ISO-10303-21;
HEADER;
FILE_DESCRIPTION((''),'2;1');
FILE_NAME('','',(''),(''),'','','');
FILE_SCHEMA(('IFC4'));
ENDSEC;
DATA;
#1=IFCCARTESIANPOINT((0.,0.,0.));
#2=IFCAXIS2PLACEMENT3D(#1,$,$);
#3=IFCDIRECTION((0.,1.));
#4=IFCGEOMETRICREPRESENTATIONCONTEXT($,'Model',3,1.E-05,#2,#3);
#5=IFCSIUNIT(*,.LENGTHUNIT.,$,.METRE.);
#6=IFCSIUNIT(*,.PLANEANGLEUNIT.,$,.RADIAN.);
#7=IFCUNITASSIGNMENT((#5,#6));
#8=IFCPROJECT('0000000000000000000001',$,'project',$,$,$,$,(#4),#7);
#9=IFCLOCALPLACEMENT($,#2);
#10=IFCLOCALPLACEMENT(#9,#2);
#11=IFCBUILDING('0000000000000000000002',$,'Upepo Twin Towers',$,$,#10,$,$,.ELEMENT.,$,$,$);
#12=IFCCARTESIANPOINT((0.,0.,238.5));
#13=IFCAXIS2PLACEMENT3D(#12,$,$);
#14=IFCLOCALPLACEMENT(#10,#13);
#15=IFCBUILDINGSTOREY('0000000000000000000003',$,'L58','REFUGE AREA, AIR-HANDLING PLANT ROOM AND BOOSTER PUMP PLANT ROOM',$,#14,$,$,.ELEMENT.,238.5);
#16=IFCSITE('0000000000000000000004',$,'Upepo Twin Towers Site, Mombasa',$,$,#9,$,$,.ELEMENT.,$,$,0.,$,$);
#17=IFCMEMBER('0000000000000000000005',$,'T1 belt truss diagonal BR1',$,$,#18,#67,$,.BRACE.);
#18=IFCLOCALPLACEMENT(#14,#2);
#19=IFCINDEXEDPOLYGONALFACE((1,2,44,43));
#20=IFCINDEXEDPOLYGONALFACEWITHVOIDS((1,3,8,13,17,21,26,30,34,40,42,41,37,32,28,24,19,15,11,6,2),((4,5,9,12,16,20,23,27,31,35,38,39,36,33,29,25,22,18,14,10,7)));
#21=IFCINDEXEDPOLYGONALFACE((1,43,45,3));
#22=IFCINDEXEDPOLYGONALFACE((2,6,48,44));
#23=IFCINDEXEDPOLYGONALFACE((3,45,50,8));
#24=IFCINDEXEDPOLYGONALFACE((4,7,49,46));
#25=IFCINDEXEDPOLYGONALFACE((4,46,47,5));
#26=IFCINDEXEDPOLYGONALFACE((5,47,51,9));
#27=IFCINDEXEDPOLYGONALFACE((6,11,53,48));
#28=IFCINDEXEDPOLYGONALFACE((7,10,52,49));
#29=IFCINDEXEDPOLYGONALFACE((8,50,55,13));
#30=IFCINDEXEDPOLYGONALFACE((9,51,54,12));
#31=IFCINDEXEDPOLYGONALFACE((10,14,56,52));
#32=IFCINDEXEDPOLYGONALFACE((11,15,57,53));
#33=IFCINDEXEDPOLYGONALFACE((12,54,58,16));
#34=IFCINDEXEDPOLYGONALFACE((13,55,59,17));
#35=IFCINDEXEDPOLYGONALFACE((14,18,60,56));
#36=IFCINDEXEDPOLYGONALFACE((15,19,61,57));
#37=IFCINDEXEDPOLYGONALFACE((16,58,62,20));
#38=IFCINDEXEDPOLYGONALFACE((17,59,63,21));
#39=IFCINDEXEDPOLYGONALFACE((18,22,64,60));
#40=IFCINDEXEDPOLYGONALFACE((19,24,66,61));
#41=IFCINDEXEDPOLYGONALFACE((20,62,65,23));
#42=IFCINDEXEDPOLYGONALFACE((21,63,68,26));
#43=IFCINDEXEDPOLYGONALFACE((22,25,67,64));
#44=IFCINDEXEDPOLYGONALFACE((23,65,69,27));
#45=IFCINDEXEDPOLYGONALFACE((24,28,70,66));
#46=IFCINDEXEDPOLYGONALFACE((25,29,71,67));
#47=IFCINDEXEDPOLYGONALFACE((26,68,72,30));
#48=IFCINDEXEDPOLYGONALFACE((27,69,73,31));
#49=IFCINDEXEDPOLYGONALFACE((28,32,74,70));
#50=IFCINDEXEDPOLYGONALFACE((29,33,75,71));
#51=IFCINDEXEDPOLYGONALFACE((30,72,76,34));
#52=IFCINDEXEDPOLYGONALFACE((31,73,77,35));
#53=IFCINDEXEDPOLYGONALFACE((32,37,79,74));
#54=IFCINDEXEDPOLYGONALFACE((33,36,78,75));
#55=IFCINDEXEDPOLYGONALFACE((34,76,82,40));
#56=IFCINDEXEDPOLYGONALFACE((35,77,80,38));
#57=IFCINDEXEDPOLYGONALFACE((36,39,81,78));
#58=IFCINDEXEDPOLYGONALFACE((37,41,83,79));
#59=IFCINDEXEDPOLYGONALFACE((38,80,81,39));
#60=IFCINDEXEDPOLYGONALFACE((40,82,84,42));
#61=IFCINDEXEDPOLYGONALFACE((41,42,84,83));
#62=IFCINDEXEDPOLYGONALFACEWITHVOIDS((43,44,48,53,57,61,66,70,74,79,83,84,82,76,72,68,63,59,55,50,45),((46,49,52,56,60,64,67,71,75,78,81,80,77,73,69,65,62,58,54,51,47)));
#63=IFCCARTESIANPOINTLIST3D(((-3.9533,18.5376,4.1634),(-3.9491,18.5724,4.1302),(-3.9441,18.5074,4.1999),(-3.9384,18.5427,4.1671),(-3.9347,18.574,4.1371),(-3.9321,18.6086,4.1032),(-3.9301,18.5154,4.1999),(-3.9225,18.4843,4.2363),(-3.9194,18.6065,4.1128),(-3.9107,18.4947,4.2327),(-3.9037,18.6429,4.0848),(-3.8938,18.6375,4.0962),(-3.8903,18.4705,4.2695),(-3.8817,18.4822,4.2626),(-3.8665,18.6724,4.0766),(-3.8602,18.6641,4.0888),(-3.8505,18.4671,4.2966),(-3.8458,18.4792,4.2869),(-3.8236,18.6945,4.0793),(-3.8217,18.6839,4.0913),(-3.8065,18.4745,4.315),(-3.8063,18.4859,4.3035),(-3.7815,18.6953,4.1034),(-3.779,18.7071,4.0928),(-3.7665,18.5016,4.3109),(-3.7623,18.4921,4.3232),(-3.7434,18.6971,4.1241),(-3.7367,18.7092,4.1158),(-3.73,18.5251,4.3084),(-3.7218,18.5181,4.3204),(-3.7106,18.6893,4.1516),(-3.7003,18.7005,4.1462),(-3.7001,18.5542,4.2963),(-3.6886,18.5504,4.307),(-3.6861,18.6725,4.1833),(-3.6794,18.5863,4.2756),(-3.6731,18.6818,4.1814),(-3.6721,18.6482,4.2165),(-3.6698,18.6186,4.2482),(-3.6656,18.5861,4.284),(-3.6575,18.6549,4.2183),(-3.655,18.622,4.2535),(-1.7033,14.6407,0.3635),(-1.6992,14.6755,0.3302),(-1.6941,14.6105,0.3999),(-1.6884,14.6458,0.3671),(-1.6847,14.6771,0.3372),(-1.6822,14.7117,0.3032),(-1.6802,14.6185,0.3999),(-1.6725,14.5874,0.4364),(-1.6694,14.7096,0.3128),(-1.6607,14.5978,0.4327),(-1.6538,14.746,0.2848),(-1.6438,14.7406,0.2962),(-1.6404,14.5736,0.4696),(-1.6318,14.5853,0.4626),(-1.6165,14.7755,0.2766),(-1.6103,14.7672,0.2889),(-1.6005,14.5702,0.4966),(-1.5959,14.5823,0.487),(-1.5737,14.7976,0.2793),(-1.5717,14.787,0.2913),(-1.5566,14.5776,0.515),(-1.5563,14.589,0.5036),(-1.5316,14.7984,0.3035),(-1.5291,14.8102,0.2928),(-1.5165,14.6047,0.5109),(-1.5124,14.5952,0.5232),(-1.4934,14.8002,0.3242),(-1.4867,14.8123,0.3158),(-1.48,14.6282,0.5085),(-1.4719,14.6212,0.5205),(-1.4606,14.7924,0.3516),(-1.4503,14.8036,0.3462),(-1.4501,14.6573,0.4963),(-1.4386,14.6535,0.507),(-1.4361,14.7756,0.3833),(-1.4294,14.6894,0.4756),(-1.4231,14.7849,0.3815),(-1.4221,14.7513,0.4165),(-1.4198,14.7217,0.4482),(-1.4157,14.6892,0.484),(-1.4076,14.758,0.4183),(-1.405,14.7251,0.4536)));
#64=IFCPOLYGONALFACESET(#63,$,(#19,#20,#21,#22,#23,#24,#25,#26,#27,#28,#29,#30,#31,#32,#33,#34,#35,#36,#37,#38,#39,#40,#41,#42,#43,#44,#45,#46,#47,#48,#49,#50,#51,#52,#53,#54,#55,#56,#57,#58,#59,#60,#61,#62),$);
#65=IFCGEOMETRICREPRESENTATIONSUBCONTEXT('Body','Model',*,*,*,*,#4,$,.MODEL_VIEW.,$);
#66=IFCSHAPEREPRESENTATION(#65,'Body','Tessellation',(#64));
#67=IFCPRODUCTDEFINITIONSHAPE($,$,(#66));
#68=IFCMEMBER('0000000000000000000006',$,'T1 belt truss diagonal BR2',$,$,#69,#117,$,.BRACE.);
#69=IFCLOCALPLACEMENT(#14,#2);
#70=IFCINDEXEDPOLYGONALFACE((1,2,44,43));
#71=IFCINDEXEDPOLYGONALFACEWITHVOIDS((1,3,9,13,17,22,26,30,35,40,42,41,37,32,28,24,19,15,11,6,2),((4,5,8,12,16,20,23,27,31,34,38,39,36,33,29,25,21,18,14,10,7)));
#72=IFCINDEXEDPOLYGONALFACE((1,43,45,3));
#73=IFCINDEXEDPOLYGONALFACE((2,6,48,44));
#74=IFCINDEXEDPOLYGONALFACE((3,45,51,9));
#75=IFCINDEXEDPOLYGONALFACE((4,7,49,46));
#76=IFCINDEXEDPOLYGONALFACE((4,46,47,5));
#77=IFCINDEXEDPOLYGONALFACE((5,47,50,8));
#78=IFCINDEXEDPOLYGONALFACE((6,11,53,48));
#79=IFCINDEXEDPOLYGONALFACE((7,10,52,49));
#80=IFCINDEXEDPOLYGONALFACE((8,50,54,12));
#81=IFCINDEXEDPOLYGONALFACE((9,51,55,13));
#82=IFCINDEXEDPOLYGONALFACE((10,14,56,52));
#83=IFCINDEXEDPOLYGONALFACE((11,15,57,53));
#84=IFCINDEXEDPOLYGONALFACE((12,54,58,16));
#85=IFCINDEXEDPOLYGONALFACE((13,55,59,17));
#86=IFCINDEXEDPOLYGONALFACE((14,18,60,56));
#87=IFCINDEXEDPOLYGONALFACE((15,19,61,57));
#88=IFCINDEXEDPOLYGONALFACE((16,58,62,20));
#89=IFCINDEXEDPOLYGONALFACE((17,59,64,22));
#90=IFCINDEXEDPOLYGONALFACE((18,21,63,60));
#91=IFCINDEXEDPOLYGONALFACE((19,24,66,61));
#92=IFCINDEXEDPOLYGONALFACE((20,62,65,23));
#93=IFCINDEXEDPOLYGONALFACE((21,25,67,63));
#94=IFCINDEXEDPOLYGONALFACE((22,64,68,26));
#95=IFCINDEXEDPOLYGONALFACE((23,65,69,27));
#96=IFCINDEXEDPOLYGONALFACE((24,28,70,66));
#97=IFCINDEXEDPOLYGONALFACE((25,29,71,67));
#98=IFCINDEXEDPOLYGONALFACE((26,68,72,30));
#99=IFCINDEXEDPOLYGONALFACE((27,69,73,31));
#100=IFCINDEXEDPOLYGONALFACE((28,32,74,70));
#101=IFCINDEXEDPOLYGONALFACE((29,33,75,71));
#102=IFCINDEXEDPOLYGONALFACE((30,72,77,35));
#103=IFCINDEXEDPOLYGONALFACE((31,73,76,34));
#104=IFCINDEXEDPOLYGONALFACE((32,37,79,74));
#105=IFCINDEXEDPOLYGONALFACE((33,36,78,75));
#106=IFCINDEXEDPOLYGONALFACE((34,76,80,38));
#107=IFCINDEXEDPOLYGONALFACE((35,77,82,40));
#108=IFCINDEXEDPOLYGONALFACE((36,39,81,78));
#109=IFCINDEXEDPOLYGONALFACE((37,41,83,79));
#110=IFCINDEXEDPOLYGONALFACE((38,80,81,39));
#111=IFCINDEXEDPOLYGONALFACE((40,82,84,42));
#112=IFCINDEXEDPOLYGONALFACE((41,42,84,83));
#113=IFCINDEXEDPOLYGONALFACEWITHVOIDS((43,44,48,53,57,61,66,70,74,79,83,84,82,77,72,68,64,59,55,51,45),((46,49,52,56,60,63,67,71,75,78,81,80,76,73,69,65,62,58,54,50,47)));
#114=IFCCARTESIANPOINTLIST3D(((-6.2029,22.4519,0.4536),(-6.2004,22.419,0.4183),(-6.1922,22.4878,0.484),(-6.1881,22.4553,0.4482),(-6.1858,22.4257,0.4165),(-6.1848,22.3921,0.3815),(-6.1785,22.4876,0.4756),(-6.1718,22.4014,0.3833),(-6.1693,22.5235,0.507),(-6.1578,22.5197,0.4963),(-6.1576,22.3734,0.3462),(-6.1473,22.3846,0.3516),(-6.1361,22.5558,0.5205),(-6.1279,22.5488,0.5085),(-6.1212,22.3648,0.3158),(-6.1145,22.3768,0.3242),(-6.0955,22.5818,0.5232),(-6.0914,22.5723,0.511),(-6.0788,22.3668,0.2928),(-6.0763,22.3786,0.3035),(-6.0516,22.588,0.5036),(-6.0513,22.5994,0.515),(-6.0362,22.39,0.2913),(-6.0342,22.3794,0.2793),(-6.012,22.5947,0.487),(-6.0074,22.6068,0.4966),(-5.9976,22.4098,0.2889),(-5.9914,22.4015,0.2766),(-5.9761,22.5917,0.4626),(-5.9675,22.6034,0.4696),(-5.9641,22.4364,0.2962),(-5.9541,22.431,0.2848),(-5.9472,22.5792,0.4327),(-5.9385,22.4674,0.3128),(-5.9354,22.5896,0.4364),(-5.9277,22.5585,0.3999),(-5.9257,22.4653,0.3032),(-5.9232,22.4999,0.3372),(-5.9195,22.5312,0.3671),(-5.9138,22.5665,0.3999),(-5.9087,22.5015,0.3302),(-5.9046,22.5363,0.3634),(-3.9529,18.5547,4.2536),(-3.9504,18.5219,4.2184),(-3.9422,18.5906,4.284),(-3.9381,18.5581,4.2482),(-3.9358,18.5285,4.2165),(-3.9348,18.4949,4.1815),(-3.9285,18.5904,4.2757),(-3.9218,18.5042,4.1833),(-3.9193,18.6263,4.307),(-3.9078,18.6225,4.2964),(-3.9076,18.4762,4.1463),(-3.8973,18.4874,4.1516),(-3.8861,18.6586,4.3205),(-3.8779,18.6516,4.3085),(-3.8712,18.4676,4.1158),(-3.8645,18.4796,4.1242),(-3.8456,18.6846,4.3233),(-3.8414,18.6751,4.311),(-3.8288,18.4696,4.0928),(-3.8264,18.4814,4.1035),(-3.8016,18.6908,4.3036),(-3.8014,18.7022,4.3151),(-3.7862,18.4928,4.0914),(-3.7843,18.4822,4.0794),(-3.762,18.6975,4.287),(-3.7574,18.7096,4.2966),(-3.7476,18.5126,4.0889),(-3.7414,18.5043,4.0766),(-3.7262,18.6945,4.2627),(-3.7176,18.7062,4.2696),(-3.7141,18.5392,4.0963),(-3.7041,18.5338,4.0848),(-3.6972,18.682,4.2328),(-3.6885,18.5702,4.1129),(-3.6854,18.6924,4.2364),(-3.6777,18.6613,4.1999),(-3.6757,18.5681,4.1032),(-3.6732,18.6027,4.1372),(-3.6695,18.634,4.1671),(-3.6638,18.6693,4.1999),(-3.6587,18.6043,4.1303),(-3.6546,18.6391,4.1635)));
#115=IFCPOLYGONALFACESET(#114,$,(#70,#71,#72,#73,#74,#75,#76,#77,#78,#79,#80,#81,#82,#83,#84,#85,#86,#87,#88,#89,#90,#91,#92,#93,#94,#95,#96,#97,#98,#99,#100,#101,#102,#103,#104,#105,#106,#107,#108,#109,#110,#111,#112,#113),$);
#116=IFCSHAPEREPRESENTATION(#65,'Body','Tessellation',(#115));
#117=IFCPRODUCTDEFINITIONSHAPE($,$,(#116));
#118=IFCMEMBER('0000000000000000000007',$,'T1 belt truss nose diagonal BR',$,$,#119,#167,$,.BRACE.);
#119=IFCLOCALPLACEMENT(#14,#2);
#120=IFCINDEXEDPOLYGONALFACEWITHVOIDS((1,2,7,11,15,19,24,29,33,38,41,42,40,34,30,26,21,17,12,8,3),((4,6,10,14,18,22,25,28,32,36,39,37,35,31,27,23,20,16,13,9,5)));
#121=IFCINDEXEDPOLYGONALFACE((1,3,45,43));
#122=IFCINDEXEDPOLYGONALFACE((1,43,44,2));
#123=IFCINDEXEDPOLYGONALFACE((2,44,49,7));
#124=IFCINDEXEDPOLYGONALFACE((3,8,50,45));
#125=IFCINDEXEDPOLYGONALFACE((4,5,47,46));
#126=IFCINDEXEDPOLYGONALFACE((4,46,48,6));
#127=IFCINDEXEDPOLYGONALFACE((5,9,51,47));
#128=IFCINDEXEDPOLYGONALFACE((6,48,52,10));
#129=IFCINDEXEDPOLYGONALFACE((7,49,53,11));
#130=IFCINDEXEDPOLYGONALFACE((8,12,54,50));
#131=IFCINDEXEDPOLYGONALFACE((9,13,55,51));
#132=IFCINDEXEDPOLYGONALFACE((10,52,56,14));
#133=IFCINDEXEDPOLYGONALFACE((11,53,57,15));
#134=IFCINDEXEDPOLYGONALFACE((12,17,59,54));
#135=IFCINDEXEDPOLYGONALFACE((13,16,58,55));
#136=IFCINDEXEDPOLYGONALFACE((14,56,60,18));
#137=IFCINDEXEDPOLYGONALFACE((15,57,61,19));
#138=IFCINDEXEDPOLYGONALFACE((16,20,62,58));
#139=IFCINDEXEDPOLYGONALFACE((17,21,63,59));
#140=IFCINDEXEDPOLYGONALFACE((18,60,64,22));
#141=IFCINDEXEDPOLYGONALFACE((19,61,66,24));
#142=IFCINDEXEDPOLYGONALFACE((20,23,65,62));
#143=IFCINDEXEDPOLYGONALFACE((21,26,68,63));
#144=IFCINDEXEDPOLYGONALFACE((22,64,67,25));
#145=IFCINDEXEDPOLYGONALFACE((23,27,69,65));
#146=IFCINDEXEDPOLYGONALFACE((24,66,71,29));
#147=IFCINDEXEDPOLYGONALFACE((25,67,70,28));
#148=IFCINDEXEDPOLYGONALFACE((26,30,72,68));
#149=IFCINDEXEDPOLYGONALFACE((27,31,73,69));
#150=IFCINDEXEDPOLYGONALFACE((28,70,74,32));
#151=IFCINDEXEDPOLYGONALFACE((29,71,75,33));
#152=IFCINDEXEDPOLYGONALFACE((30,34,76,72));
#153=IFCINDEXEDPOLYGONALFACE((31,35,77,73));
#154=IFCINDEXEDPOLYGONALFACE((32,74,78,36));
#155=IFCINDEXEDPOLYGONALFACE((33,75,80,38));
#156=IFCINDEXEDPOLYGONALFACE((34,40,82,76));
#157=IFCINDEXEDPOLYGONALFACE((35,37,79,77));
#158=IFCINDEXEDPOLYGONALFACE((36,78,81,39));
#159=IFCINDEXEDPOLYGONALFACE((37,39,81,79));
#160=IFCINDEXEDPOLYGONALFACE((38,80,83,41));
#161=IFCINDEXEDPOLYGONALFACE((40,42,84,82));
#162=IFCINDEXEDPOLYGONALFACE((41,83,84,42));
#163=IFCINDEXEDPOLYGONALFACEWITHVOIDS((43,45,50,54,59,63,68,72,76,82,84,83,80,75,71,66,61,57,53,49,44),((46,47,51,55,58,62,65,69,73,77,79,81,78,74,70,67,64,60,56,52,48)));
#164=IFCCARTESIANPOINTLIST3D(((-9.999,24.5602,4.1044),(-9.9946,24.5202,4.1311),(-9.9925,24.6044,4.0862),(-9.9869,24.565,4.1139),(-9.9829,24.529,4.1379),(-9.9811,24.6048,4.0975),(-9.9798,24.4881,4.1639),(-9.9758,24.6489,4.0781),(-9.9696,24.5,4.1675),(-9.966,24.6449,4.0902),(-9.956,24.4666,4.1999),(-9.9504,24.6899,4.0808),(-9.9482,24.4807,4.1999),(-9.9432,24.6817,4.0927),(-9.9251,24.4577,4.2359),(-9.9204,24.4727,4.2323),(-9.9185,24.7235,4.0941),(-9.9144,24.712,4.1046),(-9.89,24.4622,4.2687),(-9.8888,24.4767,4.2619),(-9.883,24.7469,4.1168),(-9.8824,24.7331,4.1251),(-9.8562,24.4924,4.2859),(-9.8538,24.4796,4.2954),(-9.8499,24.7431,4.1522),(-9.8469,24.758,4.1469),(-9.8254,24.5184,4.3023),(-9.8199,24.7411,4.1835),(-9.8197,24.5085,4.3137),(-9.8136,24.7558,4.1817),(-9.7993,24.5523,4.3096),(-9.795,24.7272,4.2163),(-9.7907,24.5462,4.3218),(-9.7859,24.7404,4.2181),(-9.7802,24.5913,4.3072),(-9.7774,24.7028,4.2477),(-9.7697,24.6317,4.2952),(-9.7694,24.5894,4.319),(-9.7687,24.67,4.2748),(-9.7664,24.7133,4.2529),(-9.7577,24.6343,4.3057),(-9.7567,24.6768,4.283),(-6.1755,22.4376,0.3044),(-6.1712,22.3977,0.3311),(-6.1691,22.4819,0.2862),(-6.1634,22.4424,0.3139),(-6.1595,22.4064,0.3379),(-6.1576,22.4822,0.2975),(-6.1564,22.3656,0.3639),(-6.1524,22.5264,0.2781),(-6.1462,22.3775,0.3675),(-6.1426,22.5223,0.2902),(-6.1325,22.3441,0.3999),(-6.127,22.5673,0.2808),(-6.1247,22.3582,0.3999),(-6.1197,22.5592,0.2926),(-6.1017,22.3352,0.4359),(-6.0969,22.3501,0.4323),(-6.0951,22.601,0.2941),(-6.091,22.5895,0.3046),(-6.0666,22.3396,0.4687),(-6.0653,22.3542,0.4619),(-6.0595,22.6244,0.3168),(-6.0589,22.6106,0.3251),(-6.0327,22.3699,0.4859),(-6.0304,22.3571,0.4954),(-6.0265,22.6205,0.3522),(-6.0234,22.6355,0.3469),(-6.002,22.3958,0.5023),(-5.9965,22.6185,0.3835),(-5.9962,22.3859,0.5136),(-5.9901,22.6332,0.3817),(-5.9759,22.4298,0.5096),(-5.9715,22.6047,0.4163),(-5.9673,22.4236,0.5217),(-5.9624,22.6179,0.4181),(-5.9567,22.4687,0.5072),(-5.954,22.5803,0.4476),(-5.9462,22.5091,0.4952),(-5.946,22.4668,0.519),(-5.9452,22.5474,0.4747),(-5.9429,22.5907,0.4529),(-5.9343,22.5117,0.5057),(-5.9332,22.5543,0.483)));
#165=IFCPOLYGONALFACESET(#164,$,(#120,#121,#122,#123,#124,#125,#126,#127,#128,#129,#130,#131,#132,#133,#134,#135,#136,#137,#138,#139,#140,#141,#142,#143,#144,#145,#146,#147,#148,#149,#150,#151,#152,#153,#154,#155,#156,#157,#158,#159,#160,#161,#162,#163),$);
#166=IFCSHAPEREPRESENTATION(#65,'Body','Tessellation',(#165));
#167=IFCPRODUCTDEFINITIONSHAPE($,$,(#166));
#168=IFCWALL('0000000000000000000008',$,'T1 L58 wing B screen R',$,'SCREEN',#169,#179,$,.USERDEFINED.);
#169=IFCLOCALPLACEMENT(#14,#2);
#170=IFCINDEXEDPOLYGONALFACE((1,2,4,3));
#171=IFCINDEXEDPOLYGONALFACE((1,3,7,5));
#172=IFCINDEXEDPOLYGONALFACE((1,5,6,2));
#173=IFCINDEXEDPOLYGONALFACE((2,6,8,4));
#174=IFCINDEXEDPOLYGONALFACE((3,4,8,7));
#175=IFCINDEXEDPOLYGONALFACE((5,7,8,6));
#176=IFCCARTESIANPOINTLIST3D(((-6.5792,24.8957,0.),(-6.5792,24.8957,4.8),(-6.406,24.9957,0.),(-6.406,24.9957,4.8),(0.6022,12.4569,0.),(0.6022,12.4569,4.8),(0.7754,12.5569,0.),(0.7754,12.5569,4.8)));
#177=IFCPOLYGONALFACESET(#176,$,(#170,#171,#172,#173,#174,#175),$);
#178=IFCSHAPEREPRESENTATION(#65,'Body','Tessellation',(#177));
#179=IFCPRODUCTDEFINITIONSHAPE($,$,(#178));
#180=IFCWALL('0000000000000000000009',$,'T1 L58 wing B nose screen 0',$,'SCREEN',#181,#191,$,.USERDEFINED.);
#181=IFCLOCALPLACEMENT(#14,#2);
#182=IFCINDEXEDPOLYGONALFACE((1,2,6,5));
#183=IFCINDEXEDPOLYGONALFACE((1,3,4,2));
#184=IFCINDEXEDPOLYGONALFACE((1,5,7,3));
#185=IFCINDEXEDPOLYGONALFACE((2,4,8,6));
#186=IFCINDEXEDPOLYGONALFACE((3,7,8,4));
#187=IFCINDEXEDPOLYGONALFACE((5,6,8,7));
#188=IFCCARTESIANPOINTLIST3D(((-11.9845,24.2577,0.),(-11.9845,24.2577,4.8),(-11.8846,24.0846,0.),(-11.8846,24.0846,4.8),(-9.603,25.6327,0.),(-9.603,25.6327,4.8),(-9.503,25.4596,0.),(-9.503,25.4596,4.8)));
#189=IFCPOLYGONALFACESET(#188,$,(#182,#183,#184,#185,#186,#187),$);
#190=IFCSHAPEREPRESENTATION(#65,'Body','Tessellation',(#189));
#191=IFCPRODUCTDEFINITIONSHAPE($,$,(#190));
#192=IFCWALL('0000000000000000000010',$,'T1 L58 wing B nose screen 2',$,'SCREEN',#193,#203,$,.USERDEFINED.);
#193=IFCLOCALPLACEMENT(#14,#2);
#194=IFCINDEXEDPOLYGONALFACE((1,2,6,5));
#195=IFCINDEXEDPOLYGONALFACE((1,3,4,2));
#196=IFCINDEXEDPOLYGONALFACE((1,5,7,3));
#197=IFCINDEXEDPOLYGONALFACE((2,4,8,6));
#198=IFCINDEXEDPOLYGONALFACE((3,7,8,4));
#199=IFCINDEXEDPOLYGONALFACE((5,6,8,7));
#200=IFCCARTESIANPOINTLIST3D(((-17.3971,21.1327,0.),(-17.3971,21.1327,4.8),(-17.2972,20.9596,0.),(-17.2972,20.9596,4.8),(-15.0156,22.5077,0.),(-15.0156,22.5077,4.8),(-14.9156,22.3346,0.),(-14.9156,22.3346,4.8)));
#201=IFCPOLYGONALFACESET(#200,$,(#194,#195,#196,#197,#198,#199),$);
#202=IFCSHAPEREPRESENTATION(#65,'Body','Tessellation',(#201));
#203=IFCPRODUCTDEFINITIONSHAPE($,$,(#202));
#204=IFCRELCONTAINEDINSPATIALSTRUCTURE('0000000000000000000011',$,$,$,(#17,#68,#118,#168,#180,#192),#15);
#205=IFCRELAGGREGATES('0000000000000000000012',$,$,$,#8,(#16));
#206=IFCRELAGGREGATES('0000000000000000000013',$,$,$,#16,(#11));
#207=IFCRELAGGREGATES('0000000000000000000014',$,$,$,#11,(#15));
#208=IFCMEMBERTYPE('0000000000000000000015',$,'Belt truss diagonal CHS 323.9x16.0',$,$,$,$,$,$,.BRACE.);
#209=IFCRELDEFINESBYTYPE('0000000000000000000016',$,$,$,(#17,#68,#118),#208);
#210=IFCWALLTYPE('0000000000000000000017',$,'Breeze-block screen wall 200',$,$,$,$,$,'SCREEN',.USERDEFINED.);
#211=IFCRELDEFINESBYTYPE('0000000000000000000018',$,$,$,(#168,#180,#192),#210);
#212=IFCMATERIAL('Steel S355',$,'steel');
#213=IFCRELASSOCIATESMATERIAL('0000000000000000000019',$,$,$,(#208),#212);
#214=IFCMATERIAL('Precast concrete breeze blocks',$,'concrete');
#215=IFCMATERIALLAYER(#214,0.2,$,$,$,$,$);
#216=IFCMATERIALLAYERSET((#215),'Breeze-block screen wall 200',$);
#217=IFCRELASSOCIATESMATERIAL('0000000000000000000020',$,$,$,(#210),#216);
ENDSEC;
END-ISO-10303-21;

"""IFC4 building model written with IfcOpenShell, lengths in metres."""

from ifc_helpers import new_model, si_unit, direction, frame, frame_2d, origin, origin_2d, place, context, subcontext, project, spatial, rectangle, hollow_circle, extrude, material, layer, layer_set, material_profile, profile_set, type_object, element, save


model = new_model("IFC4")

# Units and contexts
model_context = context("Model", 3, precision=1e-05, world=origin(), true_north=direction((0.0, 1.0)))
body_context = subcontext(model_context, "Body", "Model", "MODEL_VIEW")
ifc_project = project(units=[si_unit("LENGTHUNIT", "METRE"), si_unit("PLANEANGLEUNIT", "RADIAN")], contexts=[model_context])

# Site, building, storey
site_placement = place(None, origin())
site = spatial("IfcSite", under=ifc_project, at=site_placement, Name="Upepo Twin Towers Site, Mombasa", CompositionType="ELEMENT", RefElevation=0.0)
building_placement = place(site_placement, origin())
building = spatial("IfcBuilding", under=site, at=building_placement, Name="Upepo Twin Towers", CompositionType="ELEMENT")
storey_placement = place(building_placement, frame((0.0, 0.0, 238.5)))
storey = spatial("IfcBuildingStorey", under=building, at=storey_placement, Name="L58", Description="REFUGE AREA, AIR-HANDLING PLANT ROOM AND BOOSTER PUMP PLANT ROOM", CompositionType="ELEMENT", Elevation=238.5)

# Members
ifc_material_1 = material(Name="Steel S355", Category="steel")
ifc_material_profile_1 = material_profile(ifc_material_1, hollow_circle(Radius=0.1619, WallThickness=0.0161, at=origin_2d()), Name="CHS 323.9x16.0")
ifc_profile_set_1 = profile_set([ifc_material_profile_1], Name="Steel S355")
member_type = type_object("IfcMemberType", Name="Belt truss diagonal CHS 323.9x16.0", PredefinedType="BRACE", material=ifc_profile_set_1)
member_1_placement = place(storey_placement, frame((-1.554, 14.6914, 0.3999), z_axis=(-0.382019, 0.661652, 0.645196), x_axis=(-0.866018, -0.500014, 0.0)))
element("IfcMember", 1, at=member_1_placement, inside=storey, type_object=member_type, Name="T1 belt truss diagonal BR1", PredefinedType="BRACE", context=body_context, shape_type="SweptSolid", body=[
    extrude(hollow_circle(Radius=0.1619, WallThickness=0.0161, at=origin_2d()), origin(), (0.0, 0.0, 1.0), 5.8896),
])
member_2_placement = place(storey_placement, frame((-6.054, 22.4856, 0.3999), z_axis=(0.382009, -0.661676, 0.645178), x_axis=(0.866031, 0.49999, 0.0)))
element("IfcMember", 2, at=member_2_placement, inside=storey, type_object=member_type, Name="T1 belt truss diagonal BR2", PredefinedType="BRACE", context=body_context, shape_type="SweptSolid", body=[
    extrude(hollow_circle(Radius=0.1619, WallThickness=0.0161, at=origin_2d()), origin(), (0.0, 0.0, 1.0), 5.8899),
])
member_3_placement = place(storey_placement, frame((-6.054, 22.4856, 0.3999), z_axis=(-0.659961, 0.366369, 0.655916), x_axis=(-0.485363, -0.874313, 0.0)))
element("IfcMember", 3, at=member_3_placement, inside=storey, type_object=member_type, Name="T1 belt truss nose diagonal BR", PredefinedType="BRACE", context=body_context, shape_type="SweptSolid", body=[
    extrude(hollow_circle(Radius=0.1619, WallThickness=0.0161, at=origin_2d()), origin(), (0.0, 0.0, 1.0), 5.7935),
])

# Walls
ifc_material_2 = material(Name="Precast concrete breeze blocks", Category="concrete")
ifc_layer_1 = layer(ifc_material_2, 0.2)
ifc_layer_set_1 = layer_set([ifc_layer_1], Name="Breeze-block screen wall 200")
wall_type_1 = type_object("IfcWallType", Name="Breeze-block screen wall 200", ElementType="SCREEN", PredefinedType="USERDEFINED", material=ifc_layer_set_1)
wall_1_placement = place(storey_placement, frame((-6.4927, 24.9458, 0.0), z_axis=(0.0, 0.0, 1.0), x_axis=(0.499995, -0.866028, 0.0)))
element("IfcWall", 4, at=wall_1_placement, inside=storey, type_object=wall_type_1, Name="T1 L58 wing B screen R", ObjectType="SCREEN", PredefinedType="USERDEFINED", context=body_context, shape_type="SweptSolid", body=[
    extrude(rectangle(XDim=14.363, YDim=0.2, at=frame_2d((7.1816, 0.0))), origin(), (0.0, 0.0, 1.0), 4.8),
])
for number, where, z_axis, x_axis, name in (
    (5, (-9.553, 25.5461, 0.0), (0.0, 0.0, 1.0), (-0.866027, -0.499997, 0.0), "T1 L58 wing B nose screen 0"),
    (6, (-14.9656, 22.4211, 0.0), (0.0, 0.0, 1.0), (-0.866027, -0.499997, 0.0), "T1 L58 wing B nose screen 2"),
):
    element("IfcWall", number, at=place(storey_placement, frame(where, z_axis=z_axis, x_axis=x_axis)), inside=storey, type_object=wall_type_1, Name=name, ObjectType="SCREEN", PredefinedType="USERDEFINED", context=body_context, shape_type="SweptSolid", body=[
        extrude(rectangle(XDim=2.75, YDim=0.2, at=frame_2d((1.375, 0.0))), origin(), (0.0, 0.0, 1.0), 4.8),
    ])

save(model, "model.ifc")
